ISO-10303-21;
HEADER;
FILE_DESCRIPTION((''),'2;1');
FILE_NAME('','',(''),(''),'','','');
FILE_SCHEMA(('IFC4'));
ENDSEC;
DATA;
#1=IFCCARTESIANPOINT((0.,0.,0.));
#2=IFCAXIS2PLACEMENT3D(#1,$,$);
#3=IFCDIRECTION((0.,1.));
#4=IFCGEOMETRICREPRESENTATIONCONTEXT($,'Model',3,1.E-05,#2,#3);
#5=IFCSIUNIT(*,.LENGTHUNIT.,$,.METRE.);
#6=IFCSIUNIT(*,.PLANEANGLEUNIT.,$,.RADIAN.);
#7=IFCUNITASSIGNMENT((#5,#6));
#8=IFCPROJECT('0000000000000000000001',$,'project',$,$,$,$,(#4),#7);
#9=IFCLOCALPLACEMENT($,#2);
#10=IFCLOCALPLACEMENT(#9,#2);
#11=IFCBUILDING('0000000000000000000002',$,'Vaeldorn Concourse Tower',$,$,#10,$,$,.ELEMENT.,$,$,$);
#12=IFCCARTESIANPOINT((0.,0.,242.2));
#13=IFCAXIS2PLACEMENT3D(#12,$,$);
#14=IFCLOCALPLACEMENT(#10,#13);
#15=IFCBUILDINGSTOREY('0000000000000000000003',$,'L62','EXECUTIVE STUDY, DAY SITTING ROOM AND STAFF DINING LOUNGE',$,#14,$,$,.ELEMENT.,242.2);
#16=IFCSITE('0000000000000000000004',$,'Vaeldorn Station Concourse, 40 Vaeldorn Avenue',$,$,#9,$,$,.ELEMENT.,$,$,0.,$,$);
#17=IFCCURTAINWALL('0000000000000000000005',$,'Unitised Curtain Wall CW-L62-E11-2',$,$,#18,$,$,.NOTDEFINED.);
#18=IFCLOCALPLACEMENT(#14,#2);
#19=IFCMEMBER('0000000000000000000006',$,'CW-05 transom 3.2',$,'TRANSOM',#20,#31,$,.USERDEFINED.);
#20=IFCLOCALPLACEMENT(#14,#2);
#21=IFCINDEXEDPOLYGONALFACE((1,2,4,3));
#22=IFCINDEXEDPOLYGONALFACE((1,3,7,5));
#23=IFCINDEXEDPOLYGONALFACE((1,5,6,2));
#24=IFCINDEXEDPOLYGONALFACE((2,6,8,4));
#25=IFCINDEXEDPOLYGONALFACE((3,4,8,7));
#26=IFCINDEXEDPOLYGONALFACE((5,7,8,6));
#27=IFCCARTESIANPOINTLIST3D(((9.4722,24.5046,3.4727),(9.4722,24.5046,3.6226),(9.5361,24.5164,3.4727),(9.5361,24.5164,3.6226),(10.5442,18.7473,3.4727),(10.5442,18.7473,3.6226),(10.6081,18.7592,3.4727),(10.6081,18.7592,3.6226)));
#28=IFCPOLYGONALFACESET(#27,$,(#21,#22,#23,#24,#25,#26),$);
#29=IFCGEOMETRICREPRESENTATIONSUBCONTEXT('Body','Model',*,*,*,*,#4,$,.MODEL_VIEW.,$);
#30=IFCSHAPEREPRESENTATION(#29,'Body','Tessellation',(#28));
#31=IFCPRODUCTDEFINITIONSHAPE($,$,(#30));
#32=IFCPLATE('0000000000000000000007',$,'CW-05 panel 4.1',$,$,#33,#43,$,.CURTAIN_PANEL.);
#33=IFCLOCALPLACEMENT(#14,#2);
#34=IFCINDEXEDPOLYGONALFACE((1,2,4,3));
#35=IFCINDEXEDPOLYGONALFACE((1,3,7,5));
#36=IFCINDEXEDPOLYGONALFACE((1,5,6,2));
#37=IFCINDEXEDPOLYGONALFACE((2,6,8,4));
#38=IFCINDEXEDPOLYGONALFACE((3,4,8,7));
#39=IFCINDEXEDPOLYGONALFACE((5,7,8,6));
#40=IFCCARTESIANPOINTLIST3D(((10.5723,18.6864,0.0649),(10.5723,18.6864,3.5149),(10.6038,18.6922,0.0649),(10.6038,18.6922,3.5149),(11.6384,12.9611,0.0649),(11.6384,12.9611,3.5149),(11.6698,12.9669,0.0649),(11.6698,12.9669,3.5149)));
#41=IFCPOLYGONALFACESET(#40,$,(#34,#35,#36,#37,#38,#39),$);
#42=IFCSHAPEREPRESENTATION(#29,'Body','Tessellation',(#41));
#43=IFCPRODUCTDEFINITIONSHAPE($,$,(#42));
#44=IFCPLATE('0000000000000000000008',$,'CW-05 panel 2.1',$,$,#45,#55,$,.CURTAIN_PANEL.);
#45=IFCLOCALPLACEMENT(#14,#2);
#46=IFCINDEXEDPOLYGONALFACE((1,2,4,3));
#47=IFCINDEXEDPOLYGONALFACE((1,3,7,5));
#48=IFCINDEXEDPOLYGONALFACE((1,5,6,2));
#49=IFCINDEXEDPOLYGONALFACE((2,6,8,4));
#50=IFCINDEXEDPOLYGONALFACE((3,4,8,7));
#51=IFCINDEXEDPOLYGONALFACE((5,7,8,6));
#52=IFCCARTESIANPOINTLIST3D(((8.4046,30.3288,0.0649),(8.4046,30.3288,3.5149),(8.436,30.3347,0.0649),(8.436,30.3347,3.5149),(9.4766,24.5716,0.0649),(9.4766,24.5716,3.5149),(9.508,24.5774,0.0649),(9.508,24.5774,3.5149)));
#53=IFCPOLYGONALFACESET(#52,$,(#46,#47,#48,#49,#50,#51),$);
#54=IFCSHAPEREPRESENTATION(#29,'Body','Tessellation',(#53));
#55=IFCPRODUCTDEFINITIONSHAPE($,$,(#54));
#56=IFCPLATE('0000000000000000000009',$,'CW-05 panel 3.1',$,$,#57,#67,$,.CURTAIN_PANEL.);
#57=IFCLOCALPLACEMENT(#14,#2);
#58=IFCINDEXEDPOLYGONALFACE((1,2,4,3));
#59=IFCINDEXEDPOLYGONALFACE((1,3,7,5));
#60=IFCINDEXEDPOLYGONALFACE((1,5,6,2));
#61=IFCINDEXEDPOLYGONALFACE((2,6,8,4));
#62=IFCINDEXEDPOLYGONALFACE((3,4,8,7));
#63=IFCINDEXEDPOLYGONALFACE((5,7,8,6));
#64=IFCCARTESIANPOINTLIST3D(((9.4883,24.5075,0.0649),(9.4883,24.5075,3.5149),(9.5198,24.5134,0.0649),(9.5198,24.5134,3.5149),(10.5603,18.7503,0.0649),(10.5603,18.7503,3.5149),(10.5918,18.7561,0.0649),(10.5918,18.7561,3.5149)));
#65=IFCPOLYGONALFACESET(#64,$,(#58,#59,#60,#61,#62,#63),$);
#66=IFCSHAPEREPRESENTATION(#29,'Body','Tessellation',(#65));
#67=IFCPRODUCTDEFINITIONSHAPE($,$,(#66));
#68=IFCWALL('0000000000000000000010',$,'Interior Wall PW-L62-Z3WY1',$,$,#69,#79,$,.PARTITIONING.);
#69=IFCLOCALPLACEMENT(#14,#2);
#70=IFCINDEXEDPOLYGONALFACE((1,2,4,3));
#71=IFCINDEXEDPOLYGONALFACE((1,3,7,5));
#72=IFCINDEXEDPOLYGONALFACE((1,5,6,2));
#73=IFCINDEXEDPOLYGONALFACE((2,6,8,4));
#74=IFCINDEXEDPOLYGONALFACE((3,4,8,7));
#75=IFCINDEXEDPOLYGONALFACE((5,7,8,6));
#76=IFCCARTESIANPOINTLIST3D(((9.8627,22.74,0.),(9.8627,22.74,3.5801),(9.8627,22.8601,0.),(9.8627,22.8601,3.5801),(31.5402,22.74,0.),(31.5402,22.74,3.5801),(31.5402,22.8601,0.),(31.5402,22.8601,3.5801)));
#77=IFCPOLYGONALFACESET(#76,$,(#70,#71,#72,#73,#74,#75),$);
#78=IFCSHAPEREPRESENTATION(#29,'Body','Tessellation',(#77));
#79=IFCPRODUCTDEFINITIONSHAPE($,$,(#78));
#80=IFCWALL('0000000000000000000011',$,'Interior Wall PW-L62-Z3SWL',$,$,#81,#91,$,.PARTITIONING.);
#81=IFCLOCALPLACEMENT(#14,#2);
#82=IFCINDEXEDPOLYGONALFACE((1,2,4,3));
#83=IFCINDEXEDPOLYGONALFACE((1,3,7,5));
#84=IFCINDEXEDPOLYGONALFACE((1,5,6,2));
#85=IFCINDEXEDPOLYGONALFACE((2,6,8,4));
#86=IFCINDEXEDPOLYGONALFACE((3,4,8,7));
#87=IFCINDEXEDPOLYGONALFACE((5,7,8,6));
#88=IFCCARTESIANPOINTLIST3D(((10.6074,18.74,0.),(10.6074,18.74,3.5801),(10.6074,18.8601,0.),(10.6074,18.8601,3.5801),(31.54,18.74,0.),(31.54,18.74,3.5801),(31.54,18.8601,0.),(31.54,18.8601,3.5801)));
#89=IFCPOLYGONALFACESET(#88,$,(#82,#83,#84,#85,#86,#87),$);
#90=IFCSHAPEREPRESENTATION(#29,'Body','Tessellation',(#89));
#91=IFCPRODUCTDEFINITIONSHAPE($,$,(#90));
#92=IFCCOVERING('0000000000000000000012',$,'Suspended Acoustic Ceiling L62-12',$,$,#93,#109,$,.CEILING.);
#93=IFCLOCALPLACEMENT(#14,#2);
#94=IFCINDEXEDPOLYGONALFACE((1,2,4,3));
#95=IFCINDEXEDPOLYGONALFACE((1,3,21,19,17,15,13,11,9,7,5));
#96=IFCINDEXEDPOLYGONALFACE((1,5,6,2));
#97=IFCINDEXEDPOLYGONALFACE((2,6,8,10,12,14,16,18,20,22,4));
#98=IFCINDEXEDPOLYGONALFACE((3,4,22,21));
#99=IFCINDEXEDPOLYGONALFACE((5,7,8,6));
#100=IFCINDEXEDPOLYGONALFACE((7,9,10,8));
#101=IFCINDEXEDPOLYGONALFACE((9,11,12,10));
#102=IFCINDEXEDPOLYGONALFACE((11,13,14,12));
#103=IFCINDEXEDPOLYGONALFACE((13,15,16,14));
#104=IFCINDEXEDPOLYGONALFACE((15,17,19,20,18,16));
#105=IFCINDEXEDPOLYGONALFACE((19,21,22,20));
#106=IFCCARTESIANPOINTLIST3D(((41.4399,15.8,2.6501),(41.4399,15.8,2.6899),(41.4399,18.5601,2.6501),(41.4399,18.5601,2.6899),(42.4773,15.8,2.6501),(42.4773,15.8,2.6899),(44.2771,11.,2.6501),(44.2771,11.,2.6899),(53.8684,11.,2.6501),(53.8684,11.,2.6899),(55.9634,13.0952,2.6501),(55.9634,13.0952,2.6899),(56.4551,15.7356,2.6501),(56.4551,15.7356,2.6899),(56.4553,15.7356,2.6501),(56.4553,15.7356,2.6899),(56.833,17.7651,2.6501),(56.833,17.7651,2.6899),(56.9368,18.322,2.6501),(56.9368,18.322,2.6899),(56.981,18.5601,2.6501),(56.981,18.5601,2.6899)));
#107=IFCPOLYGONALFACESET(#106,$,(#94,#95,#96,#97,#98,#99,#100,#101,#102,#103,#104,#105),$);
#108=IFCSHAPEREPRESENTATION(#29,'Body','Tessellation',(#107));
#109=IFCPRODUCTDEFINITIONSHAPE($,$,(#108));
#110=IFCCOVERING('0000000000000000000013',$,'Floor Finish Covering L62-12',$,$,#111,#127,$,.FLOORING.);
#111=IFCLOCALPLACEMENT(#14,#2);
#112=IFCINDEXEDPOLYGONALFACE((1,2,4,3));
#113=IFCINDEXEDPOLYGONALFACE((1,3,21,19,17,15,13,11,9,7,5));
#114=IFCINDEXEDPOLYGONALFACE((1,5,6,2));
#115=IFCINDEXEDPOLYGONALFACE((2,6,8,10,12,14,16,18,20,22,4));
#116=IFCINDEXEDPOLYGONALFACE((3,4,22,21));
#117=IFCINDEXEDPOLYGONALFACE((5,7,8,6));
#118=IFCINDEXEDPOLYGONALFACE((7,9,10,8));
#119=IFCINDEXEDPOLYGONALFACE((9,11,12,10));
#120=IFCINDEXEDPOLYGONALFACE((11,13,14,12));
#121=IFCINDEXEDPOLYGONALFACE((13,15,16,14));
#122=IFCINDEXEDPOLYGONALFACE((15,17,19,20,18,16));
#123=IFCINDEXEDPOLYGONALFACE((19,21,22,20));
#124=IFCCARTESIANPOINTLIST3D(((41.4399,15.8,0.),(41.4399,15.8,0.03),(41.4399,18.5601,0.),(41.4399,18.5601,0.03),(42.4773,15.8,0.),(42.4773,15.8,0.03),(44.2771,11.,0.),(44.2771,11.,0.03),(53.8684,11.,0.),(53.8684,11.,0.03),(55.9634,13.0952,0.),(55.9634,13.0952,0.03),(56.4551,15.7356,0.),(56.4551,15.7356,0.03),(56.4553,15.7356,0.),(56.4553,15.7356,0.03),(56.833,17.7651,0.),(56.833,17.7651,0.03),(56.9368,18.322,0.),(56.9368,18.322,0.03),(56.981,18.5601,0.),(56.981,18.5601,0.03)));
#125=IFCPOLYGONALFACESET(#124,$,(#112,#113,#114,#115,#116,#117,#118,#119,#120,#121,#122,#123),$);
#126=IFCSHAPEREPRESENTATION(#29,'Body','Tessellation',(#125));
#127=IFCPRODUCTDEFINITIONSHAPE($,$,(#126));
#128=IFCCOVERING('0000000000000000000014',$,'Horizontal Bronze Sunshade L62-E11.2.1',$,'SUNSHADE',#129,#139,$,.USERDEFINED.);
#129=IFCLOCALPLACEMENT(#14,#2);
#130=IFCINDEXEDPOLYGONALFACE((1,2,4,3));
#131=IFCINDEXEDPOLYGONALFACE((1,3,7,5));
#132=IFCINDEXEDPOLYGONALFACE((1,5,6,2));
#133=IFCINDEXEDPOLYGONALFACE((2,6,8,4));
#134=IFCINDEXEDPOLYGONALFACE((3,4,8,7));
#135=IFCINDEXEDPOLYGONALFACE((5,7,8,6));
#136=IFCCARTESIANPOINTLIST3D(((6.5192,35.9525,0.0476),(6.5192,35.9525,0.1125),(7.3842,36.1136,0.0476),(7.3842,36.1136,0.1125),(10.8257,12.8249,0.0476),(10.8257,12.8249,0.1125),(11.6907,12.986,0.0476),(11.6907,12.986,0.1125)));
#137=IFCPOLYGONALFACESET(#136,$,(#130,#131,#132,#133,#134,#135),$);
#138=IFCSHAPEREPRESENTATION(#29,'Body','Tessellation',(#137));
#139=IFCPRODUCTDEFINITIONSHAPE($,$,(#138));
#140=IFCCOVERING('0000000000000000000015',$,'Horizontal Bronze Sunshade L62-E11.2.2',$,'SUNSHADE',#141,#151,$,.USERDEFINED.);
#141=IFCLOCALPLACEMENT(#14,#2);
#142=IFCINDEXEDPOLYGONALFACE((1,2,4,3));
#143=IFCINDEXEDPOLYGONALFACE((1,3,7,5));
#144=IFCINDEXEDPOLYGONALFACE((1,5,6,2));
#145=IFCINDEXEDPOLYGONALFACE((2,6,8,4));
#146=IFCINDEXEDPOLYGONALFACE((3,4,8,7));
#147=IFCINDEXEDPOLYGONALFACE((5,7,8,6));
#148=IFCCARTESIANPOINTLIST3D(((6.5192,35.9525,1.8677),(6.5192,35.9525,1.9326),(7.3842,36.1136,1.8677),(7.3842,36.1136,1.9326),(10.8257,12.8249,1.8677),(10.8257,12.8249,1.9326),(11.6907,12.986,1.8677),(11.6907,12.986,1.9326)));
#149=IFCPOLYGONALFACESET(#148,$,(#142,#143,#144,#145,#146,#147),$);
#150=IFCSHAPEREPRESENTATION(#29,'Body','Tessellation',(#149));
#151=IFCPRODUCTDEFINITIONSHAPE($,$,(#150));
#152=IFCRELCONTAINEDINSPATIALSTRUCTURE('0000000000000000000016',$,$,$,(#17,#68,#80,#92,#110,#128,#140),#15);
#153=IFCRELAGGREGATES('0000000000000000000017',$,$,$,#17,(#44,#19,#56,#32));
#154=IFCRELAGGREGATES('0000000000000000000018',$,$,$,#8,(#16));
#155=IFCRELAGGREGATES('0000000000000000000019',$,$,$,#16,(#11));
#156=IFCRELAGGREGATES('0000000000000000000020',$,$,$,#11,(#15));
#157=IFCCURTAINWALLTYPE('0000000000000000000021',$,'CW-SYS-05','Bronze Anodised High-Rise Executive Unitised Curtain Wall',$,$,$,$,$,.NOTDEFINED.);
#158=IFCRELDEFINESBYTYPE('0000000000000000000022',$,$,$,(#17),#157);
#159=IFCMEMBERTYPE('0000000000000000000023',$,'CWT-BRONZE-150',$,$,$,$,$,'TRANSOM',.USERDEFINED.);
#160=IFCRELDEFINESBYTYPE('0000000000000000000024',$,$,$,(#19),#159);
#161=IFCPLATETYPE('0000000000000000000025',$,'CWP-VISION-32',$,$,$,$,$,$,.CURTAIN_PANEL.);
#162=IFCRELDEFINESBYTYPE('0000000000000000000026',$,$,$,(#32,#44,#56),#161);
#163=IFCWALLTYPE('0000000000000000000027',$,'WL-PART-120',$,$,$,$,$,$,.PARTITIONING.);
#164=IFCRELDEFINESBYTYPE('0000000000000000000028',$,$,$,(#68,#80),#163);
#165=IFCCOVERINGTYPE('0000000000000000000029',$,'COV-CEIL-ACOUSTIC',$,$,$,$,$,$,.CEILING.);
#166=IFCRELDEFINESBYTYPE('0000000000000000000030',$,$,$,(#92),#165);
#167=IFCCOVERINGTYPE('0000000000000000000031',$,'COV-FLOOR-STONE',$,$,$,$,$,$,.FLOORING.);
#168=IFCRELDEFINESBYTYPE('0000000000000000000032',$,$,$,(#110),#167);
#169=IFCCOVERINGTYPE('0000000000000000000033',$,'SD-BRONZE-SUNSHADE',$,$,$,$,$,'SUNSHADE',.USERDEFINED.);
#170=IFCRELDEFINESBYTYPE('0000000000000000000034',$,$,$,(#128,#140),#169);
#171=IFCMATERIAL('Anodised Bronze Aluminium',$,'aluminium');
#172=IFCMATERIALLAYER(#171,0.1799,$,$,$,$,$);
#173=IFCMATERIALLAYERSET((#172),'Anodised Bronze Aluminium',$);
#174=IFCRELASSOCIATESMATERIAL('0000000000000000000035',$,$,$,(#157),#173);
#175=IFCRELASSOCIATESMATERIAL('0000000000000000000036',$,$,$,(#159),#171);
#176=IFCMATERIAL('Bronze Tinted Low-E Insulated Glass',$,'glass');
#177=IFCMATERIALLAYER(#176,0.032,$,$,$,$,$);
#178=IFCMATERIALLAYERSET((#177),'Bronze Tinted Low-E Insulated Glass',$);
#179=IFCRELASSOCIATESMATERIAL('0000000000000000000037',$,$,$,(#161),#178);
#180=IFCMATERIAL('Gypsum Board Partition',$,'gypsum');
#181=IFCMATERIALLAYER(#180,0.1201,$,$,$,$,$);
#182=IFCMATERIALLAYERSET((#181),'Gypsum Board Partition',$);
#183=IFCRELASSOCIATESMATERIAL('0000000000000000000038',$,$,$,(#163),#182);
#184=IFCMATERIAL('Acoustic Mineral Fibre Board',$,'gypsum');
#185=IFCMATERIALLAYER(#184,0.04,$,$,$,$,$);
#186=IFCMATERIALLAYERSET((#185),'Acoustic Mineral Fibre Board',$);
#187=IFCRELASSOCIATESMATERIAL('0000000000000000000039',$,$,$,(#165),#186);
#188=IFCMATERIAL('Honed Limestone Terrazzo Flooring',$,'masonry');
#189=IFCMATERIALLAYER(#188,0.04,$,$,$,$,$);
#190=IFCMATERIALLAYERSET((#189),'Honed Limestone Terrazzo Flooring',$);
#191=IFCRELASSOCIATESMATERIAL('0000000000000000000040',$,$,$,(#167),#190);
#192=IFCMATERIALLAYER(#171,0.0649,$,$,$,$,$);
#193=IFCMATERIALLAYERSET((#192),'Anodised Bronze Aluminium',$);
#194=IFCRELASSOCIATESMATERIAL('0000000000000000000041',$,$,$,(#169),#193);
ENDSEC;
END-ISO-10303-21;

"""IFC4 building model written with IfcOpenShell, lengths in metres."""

from ifc_helpers import new_model, si_unit, direction, frame, frame_2d, origin, origin_2d, place, context, subcontext, project, spatial, polyline, rectangle, outline, extrude, source, transform, mapped, material, layer, layer_set, material_profile, profile_set, type_object, element, aggregate, save


model = new_model("IFC4")

# Units and contexts
model_context = context("Model", 3, precision=1e-05, world=origin(), true_north=direction((0.0, 1.0)))
body_context = subcontext(model_context, "Body", "Model", "MODEL_VIEW")
ifc_project = project(units=[si_unit("LENGTHUNIT", "METRE"), si_unit("PLANEANGLEUNIT", "RADIAN")], contexts=[model_context])

# Site, building, storey
site_placement = place(None, origin())
site = spatial("IfcSite", under=ifc_project, at=site_placement, Name="Vaeldorn Station Concourse, 40 Vaeldorn Avenue", CompositionType="ELEMENT", RefElevation=0.0)
building_placement = place(site_placement, origin())
building = spatial("IfcBuilding", under=site, at=building_placement, Name="Vaeldorn Concourse Tower", CompositionType="ELEMENT")
storey_placement = place(building_placement, frame((0.0, 0.0, 242.2)))
storey = spatial("IfcBuildingStorey", under=building, at=storey_placement, Name="L62", Description="EXECUTIVE STUDY, DAY SITTING ROOM AND STAFF DINING LOUNGE", CompositionType="ELEMENT", Elevation=242.2)

# Curtain wall, member, plates
ifc_material_1 = material(Name="Anodised Bronze Aluminium", Category="aluminium")
ifc_layer_1 = layer(ifc_material_1, 0.1799)
ifc_layer_set_1 = layer_set([ifc_layer_1], Name="Anodised Bronze Aluminium")
curtain_wall_type = type_object("IfcCurtainWallType", Name="CW-SYS-05", Description="Bronze Anodised High-Rise Executive Unitised Curtain Wall", PredefinedType="NOTDEFINED", material=ifc_layer_set_1)
curtain_wall_placement = place(storey_placement, origin())
curtain_wall = element("IfcCurtainWall", 1, at=curtain_wall_placement, inside=storey, type_object=curtain_wall_type, Name="Unitised Curtain Wall CW-L62-E11-2", PredefinedType="NOTDEFINED")
ifc_material_profile_1 = material_profile(ifc_material_1, rectangle(XDim=0.0649, YDim=0.1499, at=origin_2d()), Name="CWT 65x150")
ifc_profile_set_1 = profile_set([ifc_material_profile_1], Name="Anodised Bronze Aluminium")
member_type_1 = type_object("IfcMemberType", Name="CWT-BRONZE-150", ElementType="TRANSOM", PredefinedType="USERDEFINED", material=ifc_profile_set_1)
shared_shape_1 = source(origin(), body_context, "Body", "SweptSolid", [
    extrude(rectangle(XDim=0.0649, YDim=0.1499, at=origin_2d()), origin(), (0.0, 0.0, 1.0), 5.8562),
])
member_1_placement = place(storey_placement, frame((9.5042, 24.5105, 3.5476), z_axis=(0.183055, -0.983103, 0.0), x_axis=(0.983103, 0.183055, 0.0)))
member_1 = element("IfcMember", 2, at=member_1_placement, type_object=member_type_1, Name="CW-05 transom 3.2", ObjectType="TRANSOM", PredefinedType="USERDEFINED", context=body_context, shape_type="MappedRepresentation", body=[
    mapped(shared_shape_1, transform((0.0, 0.0, 0.0), scale=1.0)),
])
ifc_material_2 = material(Name="Bronze Tinted Low-E Insulated Glass", Category="glass")
ifc_layer_2 = layer(ifc_material_2, 0.032)
ifc_layer_set_2 = layer_set([ifc_layer_2], Name="Bronze Tinted Low-E Insulated Glass")
plate_type = type_object("IfcPlateType", Name="CWP-VISION-32", PredefinedType="CURTAIN_PANEL", material=ifc_layer_set_2)
shared_shape_2 = source(origin(), body_context, "Body", "SweptSolid", [
    extrude(rectangle(XDim=5.8237, YDim=0.032, at=origin_2d()), origin(), (0.0, 0.0, 1.0), 3.45),
])
plate_1_placement = place(storey_placement, frame((11.1211, 15.8267, 0.0649), z_axis=(0.0, 0.0, 1.0), x_axis=(0.183055, -0.983103, 0.0)))
plate_1 = element("IfcPlate", 3, at=plate_1_placement, type_object=plate_type, Name="CW-05 panel 4.1", PredefinedType="CURTAIN_PANEL", context=body_context, shape_type="MappedRepresentation", body=[
    mapped(shared_shape_2, transform((0.0, 0.0, 0.0), scale=1.0)),
])
shared_shape_3 = source(origin(), body_context, "Body", "SweptSolid", [
    extrude(rectangle(XDim=5.8562, YDim=0.032, at=origin_2d()), origin(), (0.0, 0.0, 1.0), 3.45),
])
plate_2_placement = place(storey_placement, frame((8.9563, 27.4531, 0.0649), z_axis=(0.0, 0.0, 1.0), x_axis=(0.183055, -0.983103, 0.0)))
plate_2 = element("IfcPlate", 4, at=plate_2_placement, type_object=plate_type, Name="CW-05 panel 2.1", PredefinedType="CURTAIN_PANEL", context=body_context, shape_type="MappedRepresentation", body=[
    mapped(shared_shape_3, transform((0.0, 0.0, 0.0), scale=1.0)),
])
plate_3_placement = place(storey_placement, frame((10.04, 21.6318, 0.0649), z_axis=(0.0, 0.0, 1.0), x_axis=(0.183055, -0.983103, 0.0)))
plate_3 = element("IfcPlate", 5, at=plate_3_placement, type_object=plate_type, Name="CW-05 panel 3.1", PredefinedType="CURTAIN_PANEL", context=body_context, shape_type="MappedRepresentation", body=[
    mapped(shared_shape_3, transform((0.0, 0.0, 0.0), scale=1.0)),
])
aggregate(curtain_wall, [plate_2, member_1, plate_3, plate_1])

# Walls
ifc_material_3 = material(Name="Gypsum Board Partition", Category="gypsum")
ifc_layer_3 = layer(ifc_material_3, 0.1201)
ifc_layer_set_3 = layer_set([ifc_layer_3], Name="Gypsum Board Partition")
wall_type = type_object("IfcWallType", Name="WL-PART-120", PredefinedType="PARTITIONING", material=ifc_layer_set_3)
wall_1_placement = place(storey_placement, frame((9.8625, 22.8, 0.0), z_axis=(0.0, 0.0, 1.0), x_axis=(1.0, 0.0, 0.0)))
element("IfcWall", 6, at=wall_1_placement, inside=storey, type_object=wall_type, Name="Interior Wall PW-L62-Z3WY1", PredefinedType="PARTITIONING", context=body_context, shape_type="SweptSolid", body=[
    extrude(rectangle(XDim=21.6775, YDim=0.1201, at=frame_2d((10.8389, 0.0))), origin(), (0.0, 0.0, 1.0), 3.5801),
])
wall_2_placement = place(storey_placement, frame((10.6074, 18.8, 0.0), z_axis=(0.0, 0.0, 1.0), x_axis=(1.0, 0.0, 0.0)))
element("IfcWall", 7, at=wall_2_placement, inside=storey, type_object=wall_type, Name="Interior Wall PW-L62-Z3SWL", PredefinedType="PARTITIONING", context=body_context, shape_type="SweptSolid", body=[
    extrude(rectangle(XDim=20.9326, YDim=0.1201, at=frame_2d((10.4663, 0.0))), origin(), (0.0, 0.0, 1.0), 3.5801),
])

# Coverings
ifc_material_4 = material(Name="Acoustic Mineral Fibre Board", Category="gypsum")
ifc_layer_4 = layer(ifc_material_4, 0.04)
ifc_layer_set_4 = layer_set([ifc_layer_4], Name="Acoustic Mineral Fibre Board")
covering_type_1 = type_object("IfcCoveringType", Name="COV-CEIL-ACOUSTIC", PredefinedType="CEILING", material=ifc_layer_set_4)
covering_1_placement = place(storey_placement, frame((0.0, 0.0, 2.6501)))
element("IfcCovering", 8, at=covering_1_placement, inside=storey, type_object=covering_type_1, Name="Suspended Acoustic Ceiling L62-12", PredefinedType="CEILING", context=body_context, shape_type="SweptSolid", body=[
    extrude(outline(polyline([(41.4399, 15.8), (41.4399, 18.5601), (56.981, 18.5601), (56.9368, 18.322), (56.833, 17.7651), (56.4553, 15.7356), (56.4551, 15.7356), (55.9634, 13.0952), (53.8684, 11.0), (44.2771, 11.0), (42.4773, 15.8), (41.4399, 15.8)])), origin(), (0.0, 0.0, 1.0), 0.0398),
])
ifc_material_5 = material(Name="Honed Limestone Terrazzo Flooring", Category="masonry")
ifc_layer_5 = layer(ifc_material_5, 0.04)
ifc_layer_set_5 = layer_set([ifc_layer_5], Name="Honed Limestone Terrazzo Flooring")
covering_type_2 = type_object("IfcCoveringType", Name="COV-FLOOR-STONE", PredefinedType="FLOORING", material=ifc_layer_set_5)
covering_2_placement = place(storey_placement, origin())
element("IfcCovering", 9, at=covering_2_placement, inside=storey, type_object=covering_type_2, Name="Floor Finish Covering L62-12", PredefinedType="FLOORING", context=body_context, shape_type="SweptSolid", body=[
    extrude(outline(polyline([(41.4399, 15.8), (41.4399, 18.5601), (56.981, 18.5601), (56.9368, 18.322), (56.833, 17.7651), (56.4553, 15.7356), (56.4551, 15.7356), (55.9634, 13.0952), (53.8684, 11.0), (44.2771, 11.0), (42.4773, 15.8), (41.4399, 15.8)])), origin(), (0.0, 0.0, 1.0), 0.03),
])
ifc_layer_6 = layer(ifc_material_1, 0.0649)
ifc_layer_set_6 = layer_set([ifc_layer_6], Name="Anodised Bronze Aluminium")
covering_type_3 = type_object("IfcCoveringType", Name="SD-BRONZE-SUNSHADE", ElementType="SUNSHADE", PredefinedType="USERDEFINED", material=ifc_layer_set_6)
shared_shape_4 = source(origin(), body_context, "Body", "SweptSolid", [
    extrude(rectangle(XDim=23.5251, YDim=0.8799, at=origin_2d()), origin(), (0.0, 0.0, 1.0), 0.0649),
])
for number, where, z_axis, x_axis, name in (
    (10, (9.105, 24.4692, 0.0476), (0.0, 0.0, 1.0), (0.183059, -0.983102, 0.0), "Horizontal Bronze Sunshade L62-E11.2.1"),
    (11, (9.105, 24.4692, 1.8677), (0.0, 0.0, 1.0), (0.183059, -0.983102, 0.0), "Horizontal Bronze Sunshade L62-E11.2.2"),
):
    element("IfcCovering", number, at=place(storey_placement, frame(where, z_axis=z_axis, x_axis=x_axis)), inside=storey, type_object=covering_type_3, Name=name, ObjectType="SUNSHADE", PredefinedType="USERDEFINED", context=body_context, shape_type="MappedRepresentation", body=[
        mapped(shared_shape_4, transform((0.0, 0.0, 0.0), scale=1.0)),
    ])

save(model, "model.ifc")
